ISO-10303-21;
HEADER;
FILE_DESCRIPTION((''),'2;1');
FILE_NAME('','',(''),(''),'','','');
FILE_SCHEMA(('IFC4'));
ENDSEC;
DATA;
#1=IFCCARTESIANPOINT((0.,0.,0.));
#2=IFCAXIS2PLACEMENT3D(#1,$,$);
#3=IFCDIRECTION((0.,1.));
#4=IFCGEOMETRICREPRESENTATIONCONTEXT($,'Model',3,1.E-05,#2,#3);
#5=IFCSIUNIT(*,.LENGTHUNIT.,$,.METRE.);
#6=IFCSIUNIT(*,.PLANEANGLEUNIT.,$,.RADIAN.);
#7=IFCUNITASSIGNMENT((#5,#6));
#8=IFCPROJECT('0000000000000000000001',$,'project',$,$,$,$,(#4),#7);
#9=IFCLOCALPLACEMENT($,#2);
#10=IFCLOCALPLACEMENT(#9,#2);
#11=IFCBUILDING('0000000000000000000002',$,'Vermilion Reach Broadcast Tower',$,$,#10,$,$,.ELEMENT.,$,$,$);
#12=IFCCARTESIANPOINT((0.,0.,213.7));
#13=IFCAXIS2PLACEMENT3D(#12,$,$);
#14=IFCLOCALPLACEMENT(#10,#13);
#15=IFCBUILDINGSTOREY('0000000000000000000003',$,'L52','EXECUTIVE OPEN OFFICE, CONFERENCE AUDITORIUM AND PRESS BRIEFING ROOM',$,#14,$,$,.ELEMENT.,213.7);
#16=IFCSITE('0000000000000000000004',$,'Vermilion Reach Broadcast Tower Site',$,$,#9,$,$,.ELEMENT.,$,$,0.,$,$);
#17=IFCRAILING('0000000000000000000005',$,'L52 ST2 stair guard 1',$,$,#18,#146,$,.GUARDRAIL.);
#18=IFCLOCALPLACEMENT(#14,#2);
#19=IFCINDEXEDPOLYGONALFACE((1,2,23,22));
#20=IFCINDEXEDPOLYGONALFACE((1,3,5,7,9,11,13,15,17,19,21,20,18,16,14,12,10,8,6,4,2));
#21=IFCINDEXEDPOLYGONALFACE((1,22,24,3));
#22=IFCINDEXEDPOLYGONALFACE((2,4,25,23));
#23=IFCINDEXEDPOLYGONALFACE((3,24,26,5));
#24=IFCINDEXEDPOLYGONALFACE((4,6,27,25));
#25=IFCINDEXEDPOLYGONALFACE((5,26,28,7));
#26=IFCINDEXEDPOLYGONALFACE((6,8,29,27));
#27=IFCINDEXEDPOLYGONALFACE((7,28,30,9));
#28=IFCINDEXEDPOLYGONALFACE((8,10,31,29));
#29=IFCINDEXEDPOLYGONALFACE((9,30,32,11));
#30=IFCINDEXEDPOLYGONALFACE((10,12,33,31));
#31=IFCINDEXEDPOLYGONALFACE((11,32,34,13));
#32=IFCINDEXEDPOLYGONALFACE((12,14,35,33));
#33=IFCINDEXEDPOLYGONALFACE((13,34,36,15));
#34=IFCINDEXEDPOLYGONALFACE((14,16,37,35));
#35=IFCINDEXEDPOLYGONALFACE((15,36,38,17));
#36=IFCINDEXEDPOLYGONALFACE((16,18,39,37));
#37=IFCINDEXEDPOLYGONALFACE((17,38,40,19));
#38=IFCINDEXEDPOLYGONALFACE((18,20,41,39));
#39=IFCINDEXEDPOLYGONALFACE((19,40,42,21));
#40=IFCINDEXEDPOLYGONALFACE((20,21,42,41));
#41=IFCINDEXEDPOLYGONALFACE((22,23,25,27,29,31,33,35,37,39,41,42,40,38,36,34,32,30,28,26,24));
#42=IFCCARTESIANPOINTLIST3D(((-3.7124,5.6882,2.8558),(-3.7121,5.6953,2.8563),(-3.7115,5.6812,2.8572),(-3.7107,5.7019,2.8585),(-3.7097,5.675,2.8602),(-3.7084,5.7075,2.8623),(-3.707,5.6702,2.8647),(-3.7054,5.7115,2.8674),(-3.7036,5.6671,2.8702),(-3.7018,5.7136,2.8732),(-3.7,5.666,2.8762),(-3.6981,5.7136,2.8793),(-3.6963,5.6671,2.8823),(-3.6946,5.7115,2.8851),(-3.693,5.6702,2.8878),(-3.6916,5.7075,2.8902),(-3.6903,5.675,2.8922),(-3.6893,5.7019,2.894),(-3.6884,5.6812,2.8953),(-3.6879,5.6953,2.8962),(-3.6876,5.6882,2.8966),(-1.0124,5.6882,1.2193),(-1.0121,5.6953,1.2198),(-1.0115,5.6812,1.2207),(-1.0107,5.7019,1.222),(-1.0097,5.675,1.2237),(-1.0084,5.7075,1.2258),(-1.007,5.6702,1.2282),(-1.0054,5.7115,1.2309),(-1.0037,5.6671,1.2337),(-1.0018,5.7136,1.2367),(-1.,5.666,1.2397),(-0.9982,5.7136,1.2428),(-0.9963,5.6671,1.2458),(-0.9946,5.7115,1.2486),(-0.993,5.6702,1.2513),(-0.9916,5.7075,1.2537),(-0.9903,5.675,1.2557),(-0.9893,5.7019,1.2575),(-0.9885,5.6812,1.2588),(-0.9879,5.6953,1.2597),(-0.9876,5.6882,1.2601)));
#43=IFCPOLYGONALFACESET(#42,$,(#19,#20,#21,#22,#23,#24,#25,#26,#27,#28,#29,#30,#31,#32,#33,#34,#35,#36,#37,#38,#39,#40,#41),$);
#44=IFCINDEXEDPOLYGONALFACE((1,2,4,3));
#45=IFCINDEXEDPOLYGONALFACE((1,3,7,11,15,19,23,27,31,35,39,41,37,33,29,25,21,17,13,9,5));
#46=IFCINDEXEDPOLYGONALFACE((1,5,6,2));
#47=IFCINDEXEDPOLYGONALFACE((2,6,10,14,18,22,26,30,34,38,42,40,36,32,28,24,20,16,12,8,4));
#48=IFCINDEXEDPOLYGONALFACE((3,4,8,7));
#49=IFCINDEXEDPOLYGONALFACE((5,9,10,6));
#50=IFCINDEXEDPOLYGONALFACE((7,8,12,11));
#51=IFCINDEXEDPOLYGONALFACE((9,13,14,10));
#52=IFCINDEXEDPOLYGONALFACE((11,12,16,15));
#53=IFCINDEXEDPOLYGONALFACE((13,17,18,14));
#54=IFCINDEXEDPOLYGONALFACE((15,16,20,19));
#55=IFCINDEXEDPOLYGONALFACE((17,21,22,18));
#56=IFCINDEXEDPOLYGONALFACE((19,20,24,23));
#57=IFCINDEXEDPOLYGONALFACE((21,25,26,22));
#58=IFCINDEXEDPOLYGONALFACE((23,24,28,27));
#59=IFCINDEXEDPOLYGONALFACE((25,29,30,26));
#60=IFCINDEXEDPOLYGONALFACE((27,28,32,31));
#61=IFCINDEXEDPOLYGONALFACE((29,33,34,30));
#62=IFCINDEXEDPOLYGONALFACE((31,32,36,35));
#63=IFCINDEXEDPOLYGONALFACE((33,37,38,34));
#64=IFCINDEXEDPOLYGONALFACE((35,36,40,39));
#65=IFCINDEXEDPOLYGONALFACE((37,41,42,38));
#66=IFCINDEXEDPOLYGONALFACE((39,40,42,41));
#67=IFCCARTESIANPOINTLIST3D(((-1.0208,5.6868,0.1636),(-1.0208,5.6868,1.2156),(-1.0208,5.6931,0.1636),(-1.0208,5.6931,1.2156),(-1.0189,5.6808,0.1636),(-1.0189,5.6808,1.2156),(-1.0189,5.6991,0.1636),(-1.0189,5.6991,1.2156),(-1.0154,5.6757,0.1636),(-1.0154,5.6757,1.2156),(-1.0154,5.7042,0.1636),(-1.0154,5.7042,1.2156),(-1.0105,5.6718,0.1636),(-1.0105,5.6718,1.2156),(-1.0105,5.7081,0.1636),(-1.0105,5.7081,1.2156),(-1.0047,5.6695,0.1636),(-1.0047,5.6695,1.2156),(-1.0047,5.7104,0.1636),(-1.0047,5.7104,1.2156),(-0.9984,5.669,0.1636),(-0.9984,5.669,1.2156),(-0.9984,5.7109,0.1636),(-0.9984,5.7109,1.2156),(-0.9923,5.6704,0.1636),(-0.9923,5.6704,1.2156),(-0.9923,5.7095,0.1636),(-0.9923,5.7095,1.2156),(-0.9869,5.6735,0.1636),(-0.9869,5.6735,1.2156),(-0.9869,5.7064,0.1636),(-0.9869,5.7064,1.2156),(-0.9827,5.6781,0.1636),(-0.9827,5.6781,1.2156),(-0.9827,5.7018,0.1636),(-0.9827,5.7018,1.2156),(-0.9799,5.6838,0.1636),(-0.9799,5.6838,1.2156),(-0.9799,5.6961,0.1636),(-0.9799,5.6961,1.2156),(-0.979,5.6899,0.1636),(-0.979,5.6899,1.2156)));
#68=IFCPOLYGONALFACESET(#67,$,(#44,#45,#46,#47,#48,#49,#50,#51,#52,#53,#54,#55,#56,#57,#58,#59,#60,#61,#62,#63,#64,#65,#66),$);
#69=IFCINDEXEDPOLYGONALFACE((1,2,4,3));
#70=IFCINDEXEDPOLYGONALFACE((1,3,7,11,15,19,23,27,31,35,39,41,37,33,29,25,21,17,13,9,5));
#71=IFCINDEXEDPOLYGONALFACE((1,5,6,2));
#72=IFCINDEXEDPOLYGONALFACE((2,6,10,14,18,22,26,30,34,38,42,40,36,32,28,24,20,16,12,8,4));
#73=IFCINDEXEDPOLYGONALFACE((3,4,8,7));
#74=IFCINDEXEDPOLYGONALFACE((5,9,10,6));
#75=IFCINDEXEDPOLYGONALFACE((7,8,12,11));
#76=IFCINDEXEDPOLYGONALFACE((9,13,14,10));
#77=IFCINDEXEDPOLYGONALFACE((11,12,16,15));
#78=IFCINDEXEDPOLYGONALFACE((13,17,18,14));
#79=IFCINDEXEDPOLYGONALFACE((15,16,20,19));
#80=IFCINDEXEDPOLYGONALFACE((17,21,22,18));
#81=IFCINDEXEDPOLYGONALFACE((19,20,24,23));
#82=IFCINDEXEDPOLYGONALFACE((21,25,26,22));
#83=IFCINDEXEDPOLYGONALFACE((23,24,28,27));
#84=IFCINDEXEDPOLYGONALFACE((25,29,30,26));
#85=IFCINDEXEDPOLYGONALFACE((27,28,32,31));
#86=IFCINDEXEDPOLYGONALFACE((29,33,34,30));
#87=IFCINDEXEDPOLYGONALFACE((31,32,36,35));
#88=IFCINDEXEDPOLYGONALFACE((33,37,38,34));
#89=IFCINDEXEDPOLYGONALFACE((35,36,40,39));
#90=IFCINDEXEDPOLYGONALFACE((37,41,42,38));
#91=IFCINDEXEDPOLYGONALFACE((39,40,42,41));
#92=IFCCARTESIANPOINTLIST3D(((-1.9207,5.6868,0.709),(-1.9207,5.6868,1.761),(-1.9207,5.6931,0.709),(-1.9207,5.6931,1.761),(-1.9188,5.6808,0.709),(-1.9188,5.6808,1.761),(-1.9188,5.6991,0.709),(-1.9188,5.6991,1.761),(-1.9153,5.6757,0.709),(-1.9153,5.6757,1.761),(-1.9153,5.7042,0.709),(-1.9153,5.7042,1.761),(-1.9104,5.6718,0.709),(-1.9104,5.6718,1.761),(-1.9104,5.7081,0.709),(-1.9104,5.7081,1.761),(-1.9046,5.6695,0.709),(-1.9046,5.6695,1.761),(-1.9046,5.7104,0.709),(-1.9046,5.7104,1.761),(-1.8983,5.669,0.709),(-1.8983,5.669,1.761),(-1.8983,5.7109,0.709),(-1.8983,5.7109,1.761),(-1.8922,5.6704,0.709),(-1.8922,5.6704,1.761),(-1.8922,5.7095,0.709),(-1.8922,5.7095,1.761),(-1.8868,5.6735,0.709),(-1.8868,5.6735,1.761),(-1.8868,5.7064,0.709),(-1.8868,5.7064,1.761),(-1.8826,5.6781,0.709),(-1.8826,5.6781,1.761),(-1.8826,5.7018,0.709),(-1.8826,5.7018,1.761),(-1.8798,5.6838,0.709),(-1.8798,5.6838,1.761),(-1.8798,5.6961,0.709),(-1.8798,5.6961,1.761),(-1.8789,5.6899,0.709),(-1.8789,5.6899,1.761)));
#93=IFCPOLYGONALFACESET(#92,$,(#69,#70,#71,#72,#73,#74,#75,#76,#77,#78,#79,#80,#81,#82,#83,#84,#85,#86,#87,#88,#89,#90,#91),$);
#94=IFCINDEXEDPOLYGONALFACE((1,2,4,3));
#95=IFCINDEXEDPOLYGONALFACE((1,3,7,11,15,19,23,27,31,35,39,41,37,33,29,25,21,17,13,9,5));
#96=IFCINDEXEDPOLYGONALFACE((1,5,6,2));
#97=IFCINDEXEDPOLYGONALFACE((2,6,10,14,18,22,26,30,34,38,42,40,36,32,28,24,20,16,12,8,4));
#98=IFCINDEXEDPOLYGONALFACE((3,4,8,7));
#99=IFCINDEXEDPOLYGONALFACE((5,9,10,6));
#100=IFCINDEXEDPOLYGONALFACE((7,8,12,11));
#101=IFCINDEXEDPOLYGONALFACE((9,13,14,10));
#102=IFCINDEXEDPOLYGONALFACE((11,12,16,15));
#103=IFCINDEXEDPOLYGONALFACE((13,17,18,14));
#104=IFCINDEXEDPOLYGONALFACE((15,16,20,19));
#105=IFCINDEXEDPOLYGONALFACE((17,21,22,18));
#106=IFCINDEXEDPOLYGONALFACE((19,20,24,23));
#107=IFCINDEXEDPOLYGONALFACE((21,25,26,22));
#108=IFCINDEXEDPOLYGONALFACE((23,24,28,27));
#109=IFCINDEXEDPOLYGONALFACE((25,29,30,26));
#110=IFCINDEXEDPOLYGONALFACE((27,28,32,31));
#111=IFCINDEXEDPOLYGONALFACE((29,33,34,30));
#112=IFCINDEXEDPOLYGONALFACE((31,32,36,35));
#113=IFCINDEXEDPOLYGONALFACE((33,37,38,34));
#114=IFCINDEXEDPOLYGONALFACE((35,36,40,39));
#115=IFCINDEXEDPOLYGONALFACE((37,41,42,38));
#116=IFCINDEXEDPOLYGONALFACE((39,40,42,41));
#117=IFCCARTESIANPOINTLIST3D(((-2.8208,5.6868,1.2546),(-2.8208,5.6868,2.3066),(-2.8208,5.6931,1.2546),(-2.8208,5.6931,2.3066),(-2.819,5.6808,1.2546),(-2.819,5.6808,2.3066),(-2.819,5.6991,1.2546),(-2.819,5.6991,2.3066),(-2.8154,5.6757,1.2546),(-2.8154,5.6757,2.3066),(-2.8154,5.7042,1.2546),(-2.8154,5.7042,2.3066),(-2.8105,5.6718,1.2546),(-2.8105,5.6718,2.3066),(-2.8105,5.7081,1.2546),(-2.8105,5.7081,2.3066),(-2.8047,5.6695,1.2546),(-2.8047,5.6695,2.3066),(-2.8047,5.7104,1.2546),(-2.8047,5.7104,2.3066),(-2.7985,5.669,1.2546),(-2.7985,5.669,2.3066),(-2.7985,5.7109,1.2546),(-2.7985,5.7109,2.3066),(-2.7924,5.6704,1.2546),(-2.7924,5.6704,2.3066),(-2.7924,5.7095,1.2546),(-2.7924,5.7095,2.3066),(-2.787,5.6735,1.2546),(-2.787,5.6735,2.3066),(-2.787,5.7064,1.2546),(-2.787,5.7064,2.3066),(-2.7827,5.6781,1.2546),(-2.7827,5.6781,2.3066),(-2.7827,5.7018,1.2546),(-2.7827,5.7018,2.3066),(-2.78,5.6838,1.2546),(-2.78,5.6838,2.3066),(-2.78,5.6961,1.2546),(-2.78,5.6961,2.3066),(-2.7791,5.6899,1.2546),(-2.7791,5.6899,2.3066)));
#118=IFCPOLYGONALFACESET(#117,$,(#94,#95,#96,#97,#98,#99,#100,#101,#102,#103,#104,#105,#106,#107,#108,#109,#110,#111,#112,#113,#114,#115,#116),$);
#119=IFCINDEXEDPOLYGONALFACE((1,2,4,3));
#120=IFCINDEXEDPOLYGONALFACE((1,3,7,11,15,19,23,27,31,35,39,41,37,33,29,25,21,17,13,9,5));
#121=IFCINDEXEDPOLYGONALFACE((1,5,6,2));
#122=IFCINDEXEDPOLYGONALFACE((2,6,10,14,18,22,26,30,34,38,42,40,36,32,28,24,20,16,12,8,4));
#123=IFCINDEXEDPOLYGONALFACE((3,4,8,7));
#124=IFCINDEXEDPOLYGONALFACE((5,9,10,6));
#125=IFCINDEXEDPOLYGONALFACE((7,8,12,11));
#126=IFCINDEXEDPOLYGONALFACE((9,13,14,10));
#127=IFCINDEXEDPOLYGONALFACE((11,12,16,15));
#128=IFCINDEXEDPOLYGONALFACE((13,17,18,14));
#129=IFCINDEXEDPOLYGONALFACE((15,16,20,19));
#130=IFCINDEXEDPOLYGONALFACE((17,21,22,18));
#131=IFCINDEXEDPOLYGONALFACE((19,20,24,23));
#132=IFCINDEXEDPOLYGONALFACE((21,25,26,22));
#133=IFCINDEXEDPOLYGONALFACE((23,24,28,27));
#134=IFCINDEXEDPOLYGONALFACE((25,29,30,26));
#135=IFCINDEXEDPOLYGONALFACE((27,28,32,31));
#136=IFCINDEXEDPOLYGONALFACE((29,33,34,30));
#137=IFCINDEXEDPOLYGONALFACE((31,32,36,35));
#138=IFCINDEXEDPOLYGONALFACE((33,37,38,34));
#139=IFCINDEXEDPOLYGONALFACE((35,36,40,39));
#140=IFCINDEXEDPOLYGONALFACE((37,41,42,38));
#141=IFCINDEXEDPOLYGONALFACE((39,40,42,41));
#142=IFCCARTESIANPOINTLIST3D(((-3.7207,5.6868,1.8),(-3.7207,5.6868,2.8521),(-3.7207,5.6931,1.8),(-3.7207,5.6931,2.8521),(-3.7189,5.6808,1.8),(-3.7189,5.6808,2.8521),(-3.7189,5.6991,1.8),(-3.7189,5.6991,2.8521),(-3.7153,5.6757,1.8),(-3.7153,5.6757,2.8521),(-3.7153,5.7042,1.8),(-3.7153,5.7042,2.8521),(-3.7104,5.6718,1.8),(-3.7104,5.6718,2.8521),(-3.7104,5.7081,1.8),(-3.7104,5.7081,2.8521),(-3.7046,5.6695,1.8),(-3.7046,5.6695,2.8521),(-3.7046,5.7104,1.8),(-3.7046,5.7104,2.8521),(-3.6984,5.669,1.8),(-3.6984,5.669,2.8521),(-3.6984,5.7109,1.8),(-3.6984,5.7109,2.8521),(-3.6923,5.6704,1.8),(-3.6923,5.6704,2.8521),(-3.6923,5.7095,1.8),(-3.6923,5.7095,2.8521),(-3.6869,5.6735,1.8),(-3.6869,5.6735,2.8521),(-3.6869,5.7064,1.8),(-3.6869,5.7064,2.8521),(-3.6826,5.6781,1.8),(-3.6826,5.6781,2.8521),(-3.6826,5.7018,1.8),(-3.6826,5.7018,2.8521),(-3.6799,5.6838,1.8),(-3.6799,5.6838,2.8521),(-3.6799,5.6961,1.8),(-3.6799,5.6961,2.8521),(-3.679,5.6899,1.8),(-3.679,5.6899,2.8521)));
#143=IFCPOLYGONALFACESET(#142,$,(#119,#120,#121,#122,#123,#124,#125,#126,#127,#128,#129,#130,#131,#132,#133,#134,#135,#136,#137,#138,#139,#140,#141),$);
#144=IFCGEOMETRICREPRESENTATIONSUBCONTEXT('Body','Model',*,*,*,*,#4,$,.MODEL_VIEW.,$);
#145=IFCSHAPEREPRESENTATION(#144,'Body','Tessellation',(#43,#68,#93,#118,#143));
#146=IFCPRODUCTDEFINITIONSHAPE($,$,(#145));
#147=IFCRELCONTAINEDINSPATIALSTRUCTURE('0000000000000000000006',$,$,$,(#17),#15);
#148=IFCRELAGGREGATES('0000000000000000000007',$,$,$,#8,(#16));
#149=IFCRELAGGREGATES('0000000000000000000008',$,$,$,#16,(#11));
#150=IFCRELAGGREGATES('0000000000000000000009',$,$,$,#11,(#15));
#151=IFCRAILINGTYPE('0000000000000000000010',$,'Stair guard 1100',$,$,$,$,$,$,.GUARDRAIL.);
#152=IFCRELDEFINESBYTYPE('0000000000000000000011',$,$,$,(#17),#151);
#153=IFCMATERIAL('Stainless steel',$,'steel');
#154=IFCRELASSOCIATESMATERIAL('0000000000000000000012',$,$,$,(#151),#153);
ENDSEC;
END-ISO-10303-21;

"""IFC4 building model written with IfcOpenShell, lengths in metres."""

from ifc_helpers import new_model, si_unit, direction, frame, origin, origin_2d, place, context, subcontext, project, spatial, circle, extrude, material, type_object, element, save


model = new_model("IFC4")

# Units and contexts
model_context = context("Model", 3, precision=1e-05, world=origin(), true_north=direction((0.0, 1.0)))
body_context = subcontext(model_context, "Body", "Model", "MODEL_VIEW")
ifc_project = project(units=[si_unit("LENGTHUNIT", "METRE"), si_unit("PLANEANGLEUNIT", "RADIAN")], contexts=[model_context])

# Site, building, storey
site_placement = place(None, origin())
site = spatial("IfcSite", under=ifc_project, at=site_placement, Name="Vermilion Reach Broadcast Tower Site", CompositionType="ELEMENT", RefElevation=0.0)
building_placement = place(site_placement, origin())
building = spatial("IfcBuilding", under=site, at=building_placement, Name="Vermilion Reach Broadcast Tower", CompositionType="ELEMENT")
storey_placement = place(building_placement, frame((0.0, 0.0, 213.7)))
storey = spatial("IfcBuildingStorey", under=building, at=storey_placement, Name="L52", Description="EXECUTIVE OPEN OFFICE, CONFERENCE AUDITORIUM AND PRESS BRIEFING ROOM", CompositionType="ELEMENT", Elevation=213.7)

# Railing
ifc_material_1 = material(Name="Stainless steel", Category="steel")
railing_type_1 = type_object("IfcRailingType", Name="Stair guard 1100", PredefinedType="GUARDRAIL", material=ifc_material_1)
railing_1_placement = place(storey_placement, frame((-1.0, 5.6899, 0.1636)))
element("IfcRailing", 1, at=railing_1_placement, inside=storey, type_object=railing_type_1, Name="L52 ST2 stair guard 1", PredefinedType="GUARDRAIL", context=body_context, shape_type="SweptSolid", body=[
    extrude(circle(Radius=0.0239, at=origin_2d()), frame((0.0, 0.0, 1.0762), z_axis=(-0.855178, 0.0, 0.518334), x_axis=(0.0, -1.0, 0.0)), (0.0, 0.0, 1.0), 3.1572),
    extrude(circle(Radius=0.021, at=origin_2d()), origin(), (0.0, 0.0, 1.0), 1.052),
    extrude(circle(Radius=0.021, at=origin_2d()), frame((-0.8999, 0.0, 0.5454)), (0.0, 0.0, 1.0), 1.052),
    extrude(circle(Radius=0.021, at=origin_2d()), frame((-1.8, 0.0, 1.0911)), (0.0, 0.0, 1.0), 1.052),
    extrude(circle(Radius=0.021, at=origin_2d()), frame((-2.7, 0.0, 1.6365)), (0.0, 0.0, 1.0), 1.052),
])

save(model, "model.ifc")
